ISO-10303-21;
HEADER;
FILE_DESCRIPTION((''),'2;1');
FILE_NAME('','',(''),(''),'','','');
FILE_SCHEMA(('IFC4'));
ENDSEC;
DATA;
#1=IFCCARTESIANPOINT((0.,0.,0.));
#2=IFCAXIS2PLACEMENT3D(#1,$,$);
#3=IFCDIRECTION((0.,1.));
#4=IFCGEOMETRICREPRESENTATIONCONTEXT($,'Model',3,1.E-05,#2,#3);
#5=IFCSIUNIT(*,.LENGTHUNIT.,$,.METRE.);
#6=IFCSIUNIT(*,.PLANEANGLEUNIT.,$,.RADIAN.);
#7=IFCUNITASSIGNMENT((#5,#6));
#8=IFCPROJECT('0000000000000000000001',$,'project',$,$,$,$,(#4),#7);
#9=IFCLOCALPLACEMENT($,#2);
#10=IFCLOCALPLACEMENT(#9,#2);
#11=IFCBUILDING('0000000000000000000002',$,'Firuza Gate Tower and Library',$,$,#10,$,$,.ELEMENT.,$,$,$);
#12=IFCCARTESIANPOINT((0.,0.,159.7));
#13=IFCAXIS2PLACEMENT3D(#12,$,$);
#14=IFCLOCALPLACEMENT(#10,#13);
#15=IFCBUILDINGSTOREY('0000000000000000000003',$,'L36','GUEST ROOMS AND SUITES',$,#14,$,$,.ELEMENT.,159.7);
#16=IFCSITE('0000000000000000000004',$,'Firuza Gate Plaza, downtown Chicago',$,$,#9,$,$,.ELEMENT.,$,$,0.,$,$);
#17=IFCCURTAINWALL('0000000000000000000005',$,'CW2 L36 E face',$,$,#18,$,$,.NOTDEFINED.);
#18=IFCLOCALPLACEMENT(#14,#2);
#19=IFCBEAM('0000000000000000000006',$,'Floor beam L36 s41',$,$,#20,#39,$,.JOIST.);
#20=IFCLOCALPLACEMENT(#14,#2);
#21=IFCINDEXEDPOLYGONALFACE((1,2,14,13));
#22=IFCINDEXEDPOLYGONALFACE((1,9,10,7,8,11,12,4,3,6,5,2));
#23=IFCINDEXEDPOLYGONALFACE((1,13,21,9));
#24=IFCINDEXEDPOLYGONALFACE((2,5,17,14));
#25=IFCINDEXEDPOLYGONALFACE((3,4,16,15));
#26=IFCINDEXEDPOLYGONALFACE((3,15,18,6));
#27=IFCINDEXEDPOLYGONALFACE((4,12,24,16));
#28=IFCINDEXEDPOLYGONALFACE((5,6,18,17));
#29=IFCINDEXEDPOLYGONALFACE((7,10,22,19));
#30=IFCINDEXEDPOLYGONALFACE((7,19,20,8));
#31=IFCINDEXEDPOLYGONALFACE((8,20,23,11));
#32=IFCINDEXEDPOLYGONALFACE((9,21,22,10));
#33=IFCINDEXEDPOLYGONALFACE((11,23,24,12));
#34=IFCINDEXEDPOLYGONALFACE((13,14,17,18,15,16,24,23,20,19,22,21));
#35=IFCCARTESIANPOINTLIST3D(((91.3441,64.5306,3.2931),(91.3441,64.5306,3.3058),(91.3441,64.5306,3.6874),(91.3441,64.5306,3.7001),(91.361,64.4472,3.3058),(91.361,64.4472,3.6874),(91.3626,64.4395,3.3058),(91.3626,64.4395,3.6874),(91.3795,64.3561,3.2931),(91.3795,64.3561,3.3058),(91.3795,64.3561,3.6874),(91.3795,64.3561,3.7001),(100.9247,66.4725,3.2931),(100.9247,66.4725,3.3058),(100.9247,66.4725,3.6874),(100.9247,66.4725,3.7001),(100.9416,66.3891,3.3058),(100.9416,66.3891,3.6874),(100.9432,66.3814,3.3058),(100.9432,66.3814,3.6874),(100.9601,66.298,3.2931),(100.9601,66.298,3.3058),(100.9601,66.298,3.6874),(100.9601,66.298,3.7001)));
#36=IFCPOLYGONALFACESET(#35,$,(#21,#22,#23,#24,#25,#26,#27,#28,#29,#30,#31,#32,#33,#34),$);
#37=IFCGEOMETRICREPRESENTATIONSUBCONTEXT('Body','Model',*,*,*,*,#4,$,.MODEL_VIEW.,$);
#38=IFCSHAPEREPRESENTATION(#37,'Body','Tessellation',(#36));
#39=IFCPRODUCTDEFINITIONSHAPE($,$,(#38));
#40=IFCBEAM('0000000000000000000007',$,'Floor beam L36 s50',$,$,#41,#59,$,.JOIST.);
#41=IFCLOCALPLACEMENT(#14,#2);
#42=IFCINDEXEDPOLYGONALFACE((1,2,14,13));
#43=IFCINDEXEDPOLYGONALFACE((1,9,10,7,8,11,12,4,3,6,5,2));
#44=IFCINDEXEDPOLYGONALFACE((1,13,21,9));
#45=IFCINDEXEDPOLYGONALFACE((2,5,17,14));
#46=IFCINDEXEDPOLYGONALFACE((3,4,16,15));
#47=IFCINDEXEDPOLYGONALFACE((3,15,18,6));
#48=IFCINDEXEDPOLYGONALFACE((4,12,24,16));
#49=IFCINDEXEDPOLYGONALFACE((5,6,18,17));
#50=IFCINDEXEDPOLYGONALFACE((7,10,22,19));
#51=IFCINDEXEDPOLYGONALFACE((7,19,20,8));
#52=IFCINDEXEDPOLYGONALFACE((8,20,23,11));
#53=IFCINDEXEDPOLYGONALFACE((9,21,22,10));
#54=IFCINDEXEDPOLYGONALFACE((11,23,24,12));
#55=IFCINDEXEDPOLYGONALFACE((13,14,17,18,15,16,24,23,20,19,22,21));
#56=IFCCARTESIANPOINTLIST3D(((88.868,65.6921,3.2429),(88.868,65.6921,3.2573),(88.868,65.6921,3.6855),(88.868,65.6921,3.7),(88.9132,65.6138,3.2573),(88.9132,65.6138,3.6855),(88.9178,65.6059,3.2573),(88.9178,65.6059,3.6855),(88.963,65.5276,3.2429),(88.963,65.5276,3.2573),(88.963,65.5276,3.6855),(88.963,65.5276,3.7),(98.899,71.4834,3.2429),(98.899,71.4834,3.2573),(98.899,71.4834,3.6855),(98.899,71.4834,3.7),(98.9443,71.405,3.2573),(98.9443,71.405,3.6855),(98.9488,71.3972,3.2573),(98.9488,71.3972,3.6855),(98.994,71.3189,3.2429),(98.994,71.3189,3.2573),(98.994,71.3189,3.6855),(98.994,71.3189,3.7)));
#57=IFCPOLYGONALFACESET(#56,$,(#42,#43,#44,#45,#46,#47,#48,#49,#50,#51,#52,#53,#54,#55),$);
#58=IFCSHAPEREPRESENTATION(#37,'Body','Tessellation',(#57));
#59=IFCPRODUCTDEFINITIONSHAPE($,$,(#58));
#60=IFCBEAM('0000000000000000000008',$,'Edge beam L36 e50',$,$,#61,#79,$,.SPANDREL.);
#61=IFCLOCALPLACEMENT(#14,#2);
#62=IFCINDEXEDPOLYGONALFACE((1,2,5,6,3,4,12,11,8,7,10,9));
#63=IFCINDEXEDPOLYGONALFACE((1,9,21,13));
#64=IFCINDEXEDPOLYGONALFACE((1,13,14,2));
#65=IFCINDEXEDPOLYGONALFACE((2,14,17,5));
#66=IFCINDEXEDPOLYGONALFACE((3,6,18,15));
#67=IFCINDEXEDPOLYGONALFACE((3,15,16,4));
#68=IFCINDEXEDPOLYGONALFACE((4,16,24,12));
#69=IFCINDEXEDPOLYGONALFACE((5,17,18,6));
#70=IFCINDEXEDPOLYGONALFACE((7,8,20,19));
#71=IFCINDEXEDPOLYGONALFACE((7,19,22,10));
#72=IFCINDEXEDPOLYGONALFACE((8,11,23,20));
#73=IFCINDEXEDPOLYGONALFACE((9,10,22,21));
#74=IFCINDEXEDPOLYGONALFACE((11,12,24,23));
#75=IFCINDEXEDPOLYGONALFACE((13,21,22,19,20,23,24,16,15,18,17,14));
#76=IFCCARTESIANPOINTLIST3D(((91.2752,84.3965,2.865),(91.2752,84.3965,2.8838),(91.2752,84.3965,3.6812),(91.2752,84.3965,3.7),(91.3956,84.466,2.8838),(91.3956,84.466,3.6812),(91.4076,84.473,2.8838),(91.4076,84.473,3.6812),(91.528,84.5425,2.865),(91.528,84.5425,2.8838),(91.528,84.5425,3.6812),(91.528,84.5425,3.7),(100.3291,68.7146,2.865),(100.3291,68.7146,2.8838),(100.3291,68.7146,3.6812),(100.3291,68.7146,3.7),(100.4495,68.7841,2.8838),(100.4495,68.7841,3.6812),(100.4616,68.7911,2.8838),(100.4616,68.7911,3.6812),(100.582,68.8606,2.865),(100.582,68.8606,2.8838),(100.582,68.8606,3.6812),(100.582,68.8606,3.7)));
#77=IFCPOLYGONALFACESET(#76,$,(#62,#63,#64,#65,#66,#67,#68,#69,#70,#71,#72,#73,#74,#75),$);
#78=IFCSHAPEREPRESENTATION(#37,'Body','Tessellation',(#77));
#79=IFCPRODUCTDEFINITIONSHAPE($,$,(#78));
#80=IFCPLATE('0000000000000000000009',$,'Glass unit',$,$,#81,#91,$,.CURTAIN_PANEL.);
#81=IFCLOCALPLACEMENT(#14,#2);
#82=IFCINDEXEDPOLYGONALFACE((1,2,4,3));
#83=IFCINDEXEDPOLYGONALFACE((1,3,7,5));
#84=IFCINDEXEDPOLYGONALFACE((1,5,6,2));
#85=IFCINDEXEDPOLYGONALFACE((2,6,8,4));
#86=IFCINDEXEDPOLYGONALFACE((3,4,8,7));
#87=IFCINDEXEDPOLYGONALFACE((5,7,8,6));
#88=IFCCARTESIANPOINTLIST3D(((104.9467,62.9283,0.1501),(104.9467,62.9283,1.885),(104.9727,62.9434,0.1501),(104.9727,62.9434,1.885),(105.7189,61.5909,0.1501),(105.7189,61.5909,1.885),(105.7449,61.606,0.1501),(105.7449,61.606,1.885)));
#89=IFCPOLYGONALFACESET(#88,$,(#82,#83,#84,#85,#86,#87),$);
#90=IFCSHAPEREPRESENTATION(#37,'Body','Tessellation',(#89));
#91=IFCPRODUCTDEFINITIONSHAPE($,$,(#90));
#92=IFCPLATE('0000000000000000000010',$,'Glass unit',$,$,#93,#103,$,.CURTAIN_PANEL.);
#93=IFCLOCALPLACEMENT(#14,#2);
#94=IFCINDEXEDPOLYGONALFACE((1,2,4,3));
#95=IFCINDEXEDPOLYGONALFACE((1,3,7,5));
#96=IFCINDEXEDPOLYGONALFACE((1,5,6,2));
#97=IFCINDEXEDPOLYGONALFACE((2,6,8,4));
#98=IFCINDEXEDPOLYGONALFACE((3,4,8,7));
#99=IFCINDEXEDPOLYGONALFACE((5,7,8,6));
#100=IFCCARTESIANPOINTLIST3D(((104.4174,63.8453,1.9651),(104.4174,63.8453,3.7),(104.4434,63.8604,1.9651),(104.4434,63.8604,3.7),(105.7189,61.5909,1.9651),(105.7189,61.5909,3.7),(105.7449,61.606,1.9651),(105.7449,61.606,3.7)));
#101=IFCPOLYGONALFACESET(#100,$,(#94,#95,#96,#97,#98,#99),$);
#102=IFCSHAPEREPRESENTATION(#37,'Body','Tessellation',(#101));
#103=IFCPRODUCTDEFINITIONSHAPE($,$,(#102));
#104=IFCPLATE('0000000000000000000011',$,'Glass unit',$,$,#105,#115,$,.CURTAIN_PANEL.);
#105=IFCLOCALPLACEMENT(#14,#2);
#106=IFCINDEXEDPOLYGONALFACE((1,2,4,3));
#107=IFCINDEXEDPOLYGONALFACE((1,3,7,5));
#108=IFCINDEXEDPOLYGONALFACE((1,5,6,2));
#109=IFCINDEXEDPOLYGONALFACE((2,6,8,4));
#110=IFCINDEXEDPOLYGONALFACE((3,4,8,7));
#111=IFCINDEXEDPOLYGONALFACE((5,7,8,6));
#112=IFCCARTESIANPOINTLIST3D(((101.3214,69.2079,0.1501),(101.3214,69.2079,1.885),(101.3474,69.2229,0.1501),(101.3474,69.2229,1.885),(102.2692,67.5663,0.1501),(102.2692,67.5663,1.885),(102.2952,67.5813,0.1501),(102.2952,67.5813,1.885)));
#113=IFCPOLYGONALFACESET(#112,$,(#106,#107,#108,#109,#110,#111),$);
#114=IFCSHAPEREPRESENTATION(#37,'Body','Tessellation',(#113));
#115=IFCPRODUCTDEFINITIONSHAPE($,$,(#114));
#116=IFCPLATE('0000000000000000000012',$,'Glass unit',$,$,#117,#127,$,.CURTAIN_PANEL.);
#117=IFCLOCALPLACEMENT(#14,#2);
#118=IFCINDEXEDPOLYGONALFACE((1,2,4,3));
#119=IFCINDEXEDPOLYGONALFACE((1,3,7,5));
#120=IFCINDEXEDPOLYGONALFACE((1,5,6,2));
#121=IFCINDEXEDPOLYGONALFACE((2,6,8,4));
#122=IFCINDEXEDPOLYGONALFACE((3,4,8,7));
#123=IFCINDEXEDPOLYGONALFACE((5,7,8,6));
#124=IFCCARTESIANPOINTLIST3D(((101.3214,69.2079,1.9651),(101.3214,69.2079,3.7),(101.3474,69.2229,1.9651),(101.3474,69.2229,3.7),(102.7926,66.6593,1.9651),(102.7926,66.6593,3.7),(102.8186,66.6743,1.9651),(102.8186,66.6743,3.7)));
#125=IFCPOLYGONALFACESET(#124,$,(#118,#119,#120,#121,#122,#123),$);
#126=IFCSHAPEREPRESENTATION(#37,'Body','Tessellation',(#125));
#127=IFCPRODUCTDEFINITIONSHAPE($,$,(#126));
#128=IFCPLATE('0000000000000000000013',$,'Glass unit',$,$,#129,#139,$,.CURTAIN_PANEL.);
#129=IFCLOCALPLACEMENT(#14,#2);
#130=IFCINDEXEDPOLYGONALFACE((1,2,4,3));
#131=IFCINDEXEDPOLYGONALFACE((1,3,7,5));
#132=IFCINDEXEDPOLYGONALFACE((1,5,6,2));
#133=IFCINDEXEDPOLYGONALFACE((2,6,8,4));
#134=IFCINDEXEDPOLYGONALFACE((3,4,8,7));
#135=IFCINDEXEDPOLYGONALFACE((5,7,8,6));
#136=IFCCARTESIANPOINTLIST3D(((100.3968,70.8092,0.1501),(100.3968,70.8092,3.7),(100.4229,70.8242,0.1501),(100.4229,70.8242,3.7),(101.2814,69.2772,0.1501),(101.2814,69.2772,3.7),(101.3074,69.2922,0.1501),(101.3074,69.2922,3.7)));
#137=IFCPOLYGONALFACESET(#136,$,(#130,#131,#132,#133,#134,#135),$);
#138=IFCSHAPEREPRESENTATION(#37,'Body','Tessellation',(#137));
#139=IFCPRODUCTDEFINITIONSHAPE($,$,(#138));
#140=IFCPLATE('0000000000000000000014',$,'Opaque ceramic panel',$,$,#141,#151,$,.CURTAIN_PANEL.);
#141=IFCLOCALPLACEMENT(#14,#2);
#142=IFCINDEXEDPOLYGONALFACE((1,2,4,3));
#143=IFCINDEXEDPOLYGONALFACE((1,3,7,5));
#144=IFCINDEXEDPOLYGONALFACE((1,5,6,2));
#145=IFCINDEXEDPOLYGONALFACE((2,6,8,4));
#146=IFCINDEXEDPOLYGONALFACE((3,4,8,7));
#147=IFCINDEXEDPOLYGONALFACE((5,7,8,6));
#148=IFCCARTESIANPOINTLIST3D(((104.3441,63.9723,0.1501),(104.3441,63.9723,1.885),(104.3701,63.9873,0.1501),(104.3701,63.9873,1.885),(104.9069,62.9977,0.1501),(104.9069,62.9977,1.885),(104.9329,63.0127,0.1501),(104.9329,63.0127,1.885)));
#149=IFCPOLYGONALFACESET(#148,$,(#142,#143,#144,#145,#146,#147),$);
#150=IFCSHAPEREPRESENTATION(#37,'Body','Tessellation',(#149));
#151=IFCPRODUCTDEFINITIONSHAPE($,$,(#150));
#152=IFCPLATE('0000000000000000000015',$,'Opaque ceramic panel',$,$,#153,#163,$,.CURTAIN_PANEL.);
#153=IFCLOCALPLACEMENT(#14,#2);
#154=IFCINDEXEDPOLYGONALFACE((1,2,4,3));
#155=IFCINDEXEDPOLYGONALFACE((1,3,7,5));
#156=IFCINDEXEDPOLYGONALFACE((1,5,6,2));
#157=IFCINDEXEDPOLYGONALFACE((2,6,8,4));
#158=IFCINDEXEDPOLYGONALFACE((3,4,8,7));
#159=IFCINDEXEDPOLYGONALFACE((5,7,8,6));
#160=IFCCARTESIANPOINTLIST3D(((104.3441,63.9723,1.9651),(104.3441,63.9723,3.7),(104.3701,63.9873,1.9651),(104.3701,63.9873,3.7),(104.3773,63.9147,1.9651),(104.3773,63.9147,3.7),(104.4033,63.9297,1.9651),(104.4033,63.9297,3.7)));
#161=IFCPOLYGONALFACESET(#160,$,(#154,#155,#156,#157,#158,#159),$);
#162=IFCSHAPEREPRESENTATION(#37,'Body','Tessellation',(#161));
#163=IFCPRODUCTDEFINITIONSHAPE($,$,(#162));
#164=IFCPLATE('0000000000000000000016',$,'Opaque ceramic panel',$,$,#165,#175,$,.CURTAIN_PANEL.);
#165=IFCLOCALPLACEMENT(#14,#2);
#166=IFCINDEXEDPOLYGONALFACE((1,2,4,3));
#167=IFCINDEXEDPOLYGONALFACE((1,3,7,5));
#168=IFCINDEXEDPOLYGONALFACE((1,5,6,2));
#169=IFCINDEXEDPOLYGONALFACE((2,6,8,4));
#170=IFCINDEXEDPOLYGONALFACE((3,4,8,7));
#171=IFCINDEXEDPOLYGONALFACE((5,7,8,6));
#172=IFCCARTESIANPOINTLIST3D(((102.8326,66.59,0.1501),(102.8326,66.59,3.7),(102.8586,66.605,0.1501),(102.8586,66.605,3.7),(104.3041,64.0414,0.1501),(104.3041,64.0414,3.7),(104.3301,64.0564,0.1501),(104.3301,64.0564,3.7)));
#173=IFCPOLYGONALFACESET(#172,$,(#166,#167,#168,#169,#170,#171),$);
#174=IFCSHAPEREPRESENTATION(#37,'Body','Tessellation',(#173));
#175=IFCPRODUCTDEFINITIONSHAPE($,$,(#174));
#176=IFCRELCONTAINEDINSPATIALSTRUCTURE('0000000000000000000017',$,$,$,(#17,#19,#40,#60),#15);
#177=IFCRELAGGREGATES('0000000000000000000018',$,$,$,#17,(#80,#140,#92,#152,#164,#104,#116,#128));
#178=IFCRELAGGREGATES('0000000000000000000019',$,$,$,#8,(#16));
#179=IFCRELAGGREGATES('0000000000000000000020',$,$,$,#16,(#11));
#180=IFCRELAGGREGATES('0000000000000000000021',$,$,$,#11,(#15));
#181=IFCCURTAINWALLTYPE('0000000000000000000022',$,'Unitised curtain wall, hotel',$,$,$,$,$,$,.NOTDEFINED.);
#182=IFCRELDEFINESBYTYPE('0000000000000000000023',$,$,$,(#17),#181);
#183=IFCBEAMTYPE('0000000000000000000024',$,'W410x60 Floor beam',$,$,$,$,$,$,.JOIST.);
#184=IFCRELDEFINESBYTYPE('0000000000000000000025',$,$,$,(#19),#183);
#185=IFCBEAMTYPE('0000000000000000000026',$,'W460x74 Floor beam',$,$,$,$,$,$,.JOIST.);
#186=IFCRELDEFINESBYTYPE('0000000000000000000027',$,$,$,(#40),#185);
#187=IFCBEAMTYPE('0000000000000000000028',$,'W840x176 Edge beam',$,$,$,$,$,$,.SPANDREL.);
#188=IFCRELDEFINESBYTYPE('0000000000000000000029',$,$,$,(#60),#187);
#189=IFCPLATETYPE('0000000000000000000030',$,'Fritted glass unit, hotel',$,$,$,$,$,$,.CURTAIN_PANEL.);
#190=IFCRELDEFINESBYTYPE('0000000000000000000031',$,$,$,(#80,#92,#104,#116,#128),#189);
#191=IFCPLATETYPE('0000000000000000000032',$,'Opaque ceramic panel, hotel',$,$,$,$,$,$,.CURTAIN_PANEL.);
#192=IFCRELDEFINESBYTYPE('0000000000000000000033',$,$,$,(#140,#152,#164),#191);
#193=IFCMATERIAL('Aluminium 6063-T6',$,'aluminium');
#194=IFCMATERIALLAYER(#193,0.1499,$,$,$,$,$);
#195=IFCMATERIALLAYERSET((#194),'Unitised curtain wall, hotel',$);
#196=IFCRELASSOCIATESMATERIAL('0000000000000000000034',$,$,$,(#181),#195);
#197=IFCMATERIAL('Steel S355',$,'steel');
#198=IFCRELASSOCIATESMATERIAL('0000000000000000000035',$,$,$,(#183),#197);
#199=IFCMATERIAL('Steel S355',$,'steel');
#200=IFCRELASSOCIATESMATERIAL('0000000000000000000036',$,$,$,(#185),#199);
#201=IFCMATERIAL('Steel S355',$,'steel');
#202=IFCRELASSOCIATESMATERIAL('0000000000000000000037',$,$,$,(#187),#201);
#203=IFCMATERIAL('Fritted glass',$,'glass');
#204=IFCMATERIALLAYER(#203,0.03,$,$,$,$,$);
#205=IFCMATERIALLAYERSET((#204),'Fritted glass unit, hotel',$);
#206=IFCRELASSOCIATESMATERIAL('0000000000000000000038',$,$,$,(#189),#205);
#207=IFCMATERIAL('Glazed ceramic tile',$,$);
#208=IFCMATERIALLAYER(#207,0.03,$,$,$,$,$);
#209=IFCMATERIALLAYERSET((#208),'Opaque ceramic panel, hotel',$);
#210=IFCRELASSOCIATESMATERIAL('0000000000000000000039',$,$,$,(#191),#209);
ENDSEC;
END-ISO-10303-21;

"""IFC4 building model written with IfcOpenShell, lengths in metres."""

from ifc_helpers import new_model, si_unit, direction, frame, origin, origin_2d, place, context, subcontext, project, spatial, polyline, i_section, outline, extrude, material, layer, layer_set, material_profile, profile_set, type_object, element, aggregate, save


model = new_model("IFC4")

# Units and contexts
model_context = context("Model", 3, precision=1e-05, world=origin(), true_north=direction((0.0, 1.0)))
body_context = subcontext(model_context, "Body", "Model", "MODEL_VIEW")
ifc_project = project(units=[si_unit("LENGTHUNIT", "METRE"), si_unit("PLANEANGLEUNIT", "RADIAN")], contexts=[model_context])

# Site, building, storey
site_placement = place(None, origin())
site = spatial("IfcSite", under=ifc_project, at=site_placement, Name="Firuza Gate Plaza, downtown Chicago", CompositionType="ELEMENT", RefElevation=0.0)
building_placement = place(site_placement, origin())
building = spatial("IfcBuilding", under=site, at=building_placement, Name="Firuza Gate Tower and Library", CompositionType="ELEMENT")
storey_placement = place(building_placement, frame((0.0, 0.0, 159.7)))
storey = spatial("IfcBuildingStorey", under=building, at=storey_placement, Name="L36", Description="GUEST ROOMS AND SUITES", CompositionType="ELEMENT", Elevation=159.7)

# Curtain wall
ifc_material_1 = material(Name="Aluminium 6063-T6", Category="aluminium")
ifc_layer_1 = layer(ifc_material_1, 0.1499)
ifc_layer_set_1 = layer_set([ifc_layer_1], Name="Unitised curtain wall, hotel")
curtain_wall_type = type_object("IfcCurtainWallType", Name="Unitised curtain wall, hotel", PredefinedType="NOTDEFINED", material=ifc_layer_set_1)
curtain_wall_placement = place(storey_placement, origin())
curtain_wall = element("IfcCurtainWall", 1, at=curtain_wall_placement, inside=storey, type_object=curtain_wall_type, Name="CW2 L36 E face", PredefinedType="NOTDEFINED")

# Beams
ifc_material_2 = material(Name="Steel S355", Category="steel")
ifc_material_profile_1 = material_profile(ifc_material_2, i_section(OverallWidth=0.178, OverallDepth=0.407, WebThickness=0.0078, FlangeThickness=0.0127, at=origin_2d()))
ifc_profile_set_1 = profile_set([ifc_material_profile_1], Name="Steel S355")
beam_type_1 = type_object("IfcBeamType", Name="W410x60 Floor beam", PredefinedType="JOIST", material=ifc_profile_set_1)
beam_1_placement = place(storey_placement, frame((100.9424, 66.3853, 3.4966), z_axis=(-0.98007, -0.198651, 0.0), x_axis=(0.198651, -0.98007, 0.0)))
element("IfcBeam", 2, at=beam_1_placement, inside=storey, type_object=beam_type_1, Name="Floor beam L36 s41", PredefinedType="JOIST", context=body_context, shape_type="SweptSolid", body=[
    extrude(i_section(OverallWidth=0.178, OverallDepth=0.407, WebThickness=0.0078, FlangeThickness=0.0127, at=origin_2d()), origin(), (0.0, 0.0, 1.0), 9.7754),
])
ifc_material_3 = material(Name="Steel S355", Category="steel")
ifc_material_profile_2 = material_profile(ifc_material_3, i_section(OverallWidth=0.1899, OverallDepth=0.457, WebThickness=0.009, FlangeThickness=0.0144, at=origin_2d()))
ifc_profile_set_2 = profile_set([ifc_material_profile_2], Name="Steel S355")
beam_type_2 = type_object("IfcBeamType", Name="W460x74 Floor beam", PredefinedType="JOIST", material=ifc_profile_set_2)
beam_2_placement = place(storey_placement, frame((98.9465, 71.4011, 3.4714), z_axis=(-0.866031, -0.499991, 0.0), x_axis=(0.499991, -0.866031, 0.0)))
element("IfcBeam", 3, at=beam_2_placement, inside=storey, type_object=beam_type_2, Name="Floor beam L36 s50", PredefinedType="JOIST", context=body_context, shape_type="SweptSolid", body=[
    extrude(i_section(OverallWidth=0.1899, OverallDepth=0.457, WebThickness=0.009, FlangeThickness=0.0144, at=origin_2d()), origin(), (0.0, 0.0, 1.0), 11.5828),
])
ifc_material_4 = material(Name="Steel S355", Category="steel")
ifc_material_profile_3 = material_profile(ifc_material_4, i_section(OverallWidth=0.292, OverallDepth=0.835, WebThickness=0.0139, FlangeThickness=0.0188, at=origin_2d()))
ifc_profile_set_3 = profile_set([ifc_material_profile_3], Name="Steel S355")
beam_type_3 = type_object("IfcBeamType", Name="W840x176 Edge beam", PredefinedType="SPANDREL", material=ifc_profile_set_3)
beam_3_placement = place(storey_placement, frame((100.4556, 68.7876, 3.2825), z_axis=(-0.500001, 0.866025, 0.0), x_axis=(-0.866025, -0.500001, 0.0)))
element("IfcBeam", 4, at=beam_3_placement, inside=storey, type_object=beam_type_3, Name="Edge beam L36 e50", PredefinedType="SPANDREL", context=body_context, shape_type="SweptSolid", body=[
    extrude(i_section(OverallWidth=0.292, OverallDepth=0.835, WebThickness=0.0139, FlangeThickness=0.0188, at=origin_2d()), origin(), (0.0, 0.0, 1.0), 18.1079),
])

# Plates
ifc_material_5 = material(Name="Fritted glass", Category="glass")
ifc_layer_2 = layer(ifc_material_5, 0.03)
ifc_layer_set_2 = layer_set([ifc_layer_2], Name="Fritted glass unit, hotel")
plate_type_1 = type_object("IfcPlateType", Name="Fritted glass unit, hotel", PredefinedType="CURTAIN_PANEL", material=ifc_layer_set_2)
plate_1_placement = place(storey_placement, frame((105.7449, 61.606, 0.1501), z_axis=(0.866007, 0.500033, 0.0), x_axis=(-0.500033, 0.866007, 0.0)))
plate_1 = element("IfcPlate", 5, at=plate_1_placement, type_object=plate_type_1, Name="Glass unit", PredefinedType="CURTAIN_PANEL", context=body_context, shape_type="SweptSolid", body=[
    extrude(outline(polyline([(0.0, 0.0), (1.5443, 0.0), (1.5443, 1.7349), (0.0, 1.7349), (0.0, 0.0)])), origin(), (0.0, 0.0, -1.0), 0.03),
])
plate_2_placement = place(storey_placement, frame((105.7449, 61.606, 1.9651), z_axis=(0.866036, 0.499982, 0.0), x_axis=(-0.499982, 0.866036, 0.0)))
plate_2 = element("IfcPlate", 6, at=plate_2_placement, type_object=plate_type_1, Name="Glass unit", PredefinedType="CURTAIN_PANEL", context=body_context, shape_type="SweptSolid", body=[
    extrude(outline(polyline([(0.0, 0.0), (2.6031, 0.0), (2.6031, 1.7349), (0.0, 1.7349), (0.0, 0.0)])), origin(), (0.0, 0.0, -1.0), 0.03),
])
plate_3_placement = place(storey_placement, frame((102.2952, 67.5813, 0.1501), z_axis=(0.866031, 0.49999, 0.0), x_axis=(-0.49999, 0.866031, 0.0)))
plate_3 = element("IfcPlate", 7, at=plate_3_placement, type_object=plate_type_1, Name="Glass unit", PredefinedType="CURTAIN_PANEL", context=body_context, shape_type="SweptSolid", body=[
    extrude(outline(polyline([(0.0, 0.0), (1.8955, 0.0), (1.8955, 1.7349), (0.0, 1.7349), (0.0, 0.0)])), origin(), (0.0, 0.0, -1.0), 0.03),
])
plate_4_placement = place(storey_placement, frame((102.8186, 66.6743, 1.9651), z_axis=(0.86606, 0.49994, 0.0), x_axis=(-0.49994, 0.86606, 0.0)))
plate_4 = element("IfcPlate", 8, at=plate_4_placement, type_object=plate_type_1, Name="Glass unit", PredefinedType="CURTAIN_PANEL", context=body_context, shape_type="SweptSolid", body=[
    extrude(outline(polyline([(0.0, 0.0), (2.9427, 0.0), (2.9427, 1.7349), (0.0, 1.7349), (0.0, 0.0)])), origin(), (0.0, 0.0, -1.0), 0.03),
])
plate_5_placement = place(storey_placement, frame((101.3074, 69.2922, 0.1501), z_axis=(0.866018, 0.500013, 0.0), x_axis=(-0.500013, 0.866018, 0.0)))
plate_5 = element("IfcPlate", 9, at=plate_5_placement, type_object=plate_type_1, Name="Glass unit", PredefinedType="CURTAIN_PANEL", context=body_context, shape_type="SweptSolid", body=[
    extrude(outline(polyline([(0.0, 0.0), (1.769, 0.0), (1.769, 3.5498), (0.0, 3.5498), (0.0, 0.0)])), origin(), (0.0, 0.0, -1.0), 0.03),
])
ifc_material_6 = material(Name="Glazed ceramic tile")
ifc_layer_3 = layer(ifc_material_6, 0.03)
ifc_layer_set_3 = layer_set([ifc_layer_3], Name="Opaque ceramic panel, hotel")
plate_type_2 = type_object("IfcPlateType", Name="Opaque ceramic panel, hotel", PredefinedType="CURTAIN_PANEL", material=ifc_layer_set_3)
plate_6_placement = place(storey_placement, frame((104.9329, 63.0127, 0.1501), z_axis=(0.866005, 0.500035, 0.0), x_axis=(-0.500035, 0.866005, 0.0)))
plate_6 = element("IfcPlate", 10, at=plate_6_placement, type_object=plate_type_2, Name="Opaque ceramic panel", PredefinedType="CURTAIN_PANEL", context=body_context, shape_type="SweptSolid", body=[
    extrude(outline(polyline([(0.0, 0.0), (1.1254, 0.0), (1.1254, 1.7349), (0.0, 1.7349), (0.0, 0.0)])), origin(), (0.0, 0.0, -1.0), 0.03),
])
plate_7_placement = place(storey_placement, frame((104.4033, 63.9297, 1.9651), z_axis=(0.86643, 0.499299, 0.0), x_axis=(-0.499299, 0.86643, 0.0)))
plate_7 = element("IfcPlate", 11, at=plate_7_placement, type_object=plate_type_2, Name="Opaque ceramic panel", PredefinedType="CURTAIN_PANEL", context=body_context, shape_type="SweptSolid", body=[
    extrude(outline(polyline([(0.0, 0.0), (0.0665, 0.0), (0.0665, 1.7349), (0.0, 1.7349), (0.0, 0.0)])), origin(), (0.0, 0.0, -1.0), 0.03),
])
plate_8_placement = place(storey_placement, frame((104.3301, 64.0564, 0.1501), z_axis=(0.866024, 0.500003, 0.0), x_axis=(-0.500003, 0.866024, 0.0)))
plate_8 = element("IfcPlate", 12, at=plate_8_placement, type_object=plate_type_2, Name="Opaque ceramic panel", PredefinedType="CURTAIN_PANEL", context=body_context, shape_type="SweptSolid", body=[
    extrude(outline(polyline([(0.0, 0.0), (2.9429, 0.0), (2.9429, 3.5498), (0.0, 3.5498), (0.0, 0.0)])), origin(), (0.0, 0.0, -1.0), 0.03),
])
aggregate(curtain_wall, [plate_1, plate_6, plate_2, plate_7, plate_8, plate_3, plate_4, plate_5])

save(model, "model.ifc")
